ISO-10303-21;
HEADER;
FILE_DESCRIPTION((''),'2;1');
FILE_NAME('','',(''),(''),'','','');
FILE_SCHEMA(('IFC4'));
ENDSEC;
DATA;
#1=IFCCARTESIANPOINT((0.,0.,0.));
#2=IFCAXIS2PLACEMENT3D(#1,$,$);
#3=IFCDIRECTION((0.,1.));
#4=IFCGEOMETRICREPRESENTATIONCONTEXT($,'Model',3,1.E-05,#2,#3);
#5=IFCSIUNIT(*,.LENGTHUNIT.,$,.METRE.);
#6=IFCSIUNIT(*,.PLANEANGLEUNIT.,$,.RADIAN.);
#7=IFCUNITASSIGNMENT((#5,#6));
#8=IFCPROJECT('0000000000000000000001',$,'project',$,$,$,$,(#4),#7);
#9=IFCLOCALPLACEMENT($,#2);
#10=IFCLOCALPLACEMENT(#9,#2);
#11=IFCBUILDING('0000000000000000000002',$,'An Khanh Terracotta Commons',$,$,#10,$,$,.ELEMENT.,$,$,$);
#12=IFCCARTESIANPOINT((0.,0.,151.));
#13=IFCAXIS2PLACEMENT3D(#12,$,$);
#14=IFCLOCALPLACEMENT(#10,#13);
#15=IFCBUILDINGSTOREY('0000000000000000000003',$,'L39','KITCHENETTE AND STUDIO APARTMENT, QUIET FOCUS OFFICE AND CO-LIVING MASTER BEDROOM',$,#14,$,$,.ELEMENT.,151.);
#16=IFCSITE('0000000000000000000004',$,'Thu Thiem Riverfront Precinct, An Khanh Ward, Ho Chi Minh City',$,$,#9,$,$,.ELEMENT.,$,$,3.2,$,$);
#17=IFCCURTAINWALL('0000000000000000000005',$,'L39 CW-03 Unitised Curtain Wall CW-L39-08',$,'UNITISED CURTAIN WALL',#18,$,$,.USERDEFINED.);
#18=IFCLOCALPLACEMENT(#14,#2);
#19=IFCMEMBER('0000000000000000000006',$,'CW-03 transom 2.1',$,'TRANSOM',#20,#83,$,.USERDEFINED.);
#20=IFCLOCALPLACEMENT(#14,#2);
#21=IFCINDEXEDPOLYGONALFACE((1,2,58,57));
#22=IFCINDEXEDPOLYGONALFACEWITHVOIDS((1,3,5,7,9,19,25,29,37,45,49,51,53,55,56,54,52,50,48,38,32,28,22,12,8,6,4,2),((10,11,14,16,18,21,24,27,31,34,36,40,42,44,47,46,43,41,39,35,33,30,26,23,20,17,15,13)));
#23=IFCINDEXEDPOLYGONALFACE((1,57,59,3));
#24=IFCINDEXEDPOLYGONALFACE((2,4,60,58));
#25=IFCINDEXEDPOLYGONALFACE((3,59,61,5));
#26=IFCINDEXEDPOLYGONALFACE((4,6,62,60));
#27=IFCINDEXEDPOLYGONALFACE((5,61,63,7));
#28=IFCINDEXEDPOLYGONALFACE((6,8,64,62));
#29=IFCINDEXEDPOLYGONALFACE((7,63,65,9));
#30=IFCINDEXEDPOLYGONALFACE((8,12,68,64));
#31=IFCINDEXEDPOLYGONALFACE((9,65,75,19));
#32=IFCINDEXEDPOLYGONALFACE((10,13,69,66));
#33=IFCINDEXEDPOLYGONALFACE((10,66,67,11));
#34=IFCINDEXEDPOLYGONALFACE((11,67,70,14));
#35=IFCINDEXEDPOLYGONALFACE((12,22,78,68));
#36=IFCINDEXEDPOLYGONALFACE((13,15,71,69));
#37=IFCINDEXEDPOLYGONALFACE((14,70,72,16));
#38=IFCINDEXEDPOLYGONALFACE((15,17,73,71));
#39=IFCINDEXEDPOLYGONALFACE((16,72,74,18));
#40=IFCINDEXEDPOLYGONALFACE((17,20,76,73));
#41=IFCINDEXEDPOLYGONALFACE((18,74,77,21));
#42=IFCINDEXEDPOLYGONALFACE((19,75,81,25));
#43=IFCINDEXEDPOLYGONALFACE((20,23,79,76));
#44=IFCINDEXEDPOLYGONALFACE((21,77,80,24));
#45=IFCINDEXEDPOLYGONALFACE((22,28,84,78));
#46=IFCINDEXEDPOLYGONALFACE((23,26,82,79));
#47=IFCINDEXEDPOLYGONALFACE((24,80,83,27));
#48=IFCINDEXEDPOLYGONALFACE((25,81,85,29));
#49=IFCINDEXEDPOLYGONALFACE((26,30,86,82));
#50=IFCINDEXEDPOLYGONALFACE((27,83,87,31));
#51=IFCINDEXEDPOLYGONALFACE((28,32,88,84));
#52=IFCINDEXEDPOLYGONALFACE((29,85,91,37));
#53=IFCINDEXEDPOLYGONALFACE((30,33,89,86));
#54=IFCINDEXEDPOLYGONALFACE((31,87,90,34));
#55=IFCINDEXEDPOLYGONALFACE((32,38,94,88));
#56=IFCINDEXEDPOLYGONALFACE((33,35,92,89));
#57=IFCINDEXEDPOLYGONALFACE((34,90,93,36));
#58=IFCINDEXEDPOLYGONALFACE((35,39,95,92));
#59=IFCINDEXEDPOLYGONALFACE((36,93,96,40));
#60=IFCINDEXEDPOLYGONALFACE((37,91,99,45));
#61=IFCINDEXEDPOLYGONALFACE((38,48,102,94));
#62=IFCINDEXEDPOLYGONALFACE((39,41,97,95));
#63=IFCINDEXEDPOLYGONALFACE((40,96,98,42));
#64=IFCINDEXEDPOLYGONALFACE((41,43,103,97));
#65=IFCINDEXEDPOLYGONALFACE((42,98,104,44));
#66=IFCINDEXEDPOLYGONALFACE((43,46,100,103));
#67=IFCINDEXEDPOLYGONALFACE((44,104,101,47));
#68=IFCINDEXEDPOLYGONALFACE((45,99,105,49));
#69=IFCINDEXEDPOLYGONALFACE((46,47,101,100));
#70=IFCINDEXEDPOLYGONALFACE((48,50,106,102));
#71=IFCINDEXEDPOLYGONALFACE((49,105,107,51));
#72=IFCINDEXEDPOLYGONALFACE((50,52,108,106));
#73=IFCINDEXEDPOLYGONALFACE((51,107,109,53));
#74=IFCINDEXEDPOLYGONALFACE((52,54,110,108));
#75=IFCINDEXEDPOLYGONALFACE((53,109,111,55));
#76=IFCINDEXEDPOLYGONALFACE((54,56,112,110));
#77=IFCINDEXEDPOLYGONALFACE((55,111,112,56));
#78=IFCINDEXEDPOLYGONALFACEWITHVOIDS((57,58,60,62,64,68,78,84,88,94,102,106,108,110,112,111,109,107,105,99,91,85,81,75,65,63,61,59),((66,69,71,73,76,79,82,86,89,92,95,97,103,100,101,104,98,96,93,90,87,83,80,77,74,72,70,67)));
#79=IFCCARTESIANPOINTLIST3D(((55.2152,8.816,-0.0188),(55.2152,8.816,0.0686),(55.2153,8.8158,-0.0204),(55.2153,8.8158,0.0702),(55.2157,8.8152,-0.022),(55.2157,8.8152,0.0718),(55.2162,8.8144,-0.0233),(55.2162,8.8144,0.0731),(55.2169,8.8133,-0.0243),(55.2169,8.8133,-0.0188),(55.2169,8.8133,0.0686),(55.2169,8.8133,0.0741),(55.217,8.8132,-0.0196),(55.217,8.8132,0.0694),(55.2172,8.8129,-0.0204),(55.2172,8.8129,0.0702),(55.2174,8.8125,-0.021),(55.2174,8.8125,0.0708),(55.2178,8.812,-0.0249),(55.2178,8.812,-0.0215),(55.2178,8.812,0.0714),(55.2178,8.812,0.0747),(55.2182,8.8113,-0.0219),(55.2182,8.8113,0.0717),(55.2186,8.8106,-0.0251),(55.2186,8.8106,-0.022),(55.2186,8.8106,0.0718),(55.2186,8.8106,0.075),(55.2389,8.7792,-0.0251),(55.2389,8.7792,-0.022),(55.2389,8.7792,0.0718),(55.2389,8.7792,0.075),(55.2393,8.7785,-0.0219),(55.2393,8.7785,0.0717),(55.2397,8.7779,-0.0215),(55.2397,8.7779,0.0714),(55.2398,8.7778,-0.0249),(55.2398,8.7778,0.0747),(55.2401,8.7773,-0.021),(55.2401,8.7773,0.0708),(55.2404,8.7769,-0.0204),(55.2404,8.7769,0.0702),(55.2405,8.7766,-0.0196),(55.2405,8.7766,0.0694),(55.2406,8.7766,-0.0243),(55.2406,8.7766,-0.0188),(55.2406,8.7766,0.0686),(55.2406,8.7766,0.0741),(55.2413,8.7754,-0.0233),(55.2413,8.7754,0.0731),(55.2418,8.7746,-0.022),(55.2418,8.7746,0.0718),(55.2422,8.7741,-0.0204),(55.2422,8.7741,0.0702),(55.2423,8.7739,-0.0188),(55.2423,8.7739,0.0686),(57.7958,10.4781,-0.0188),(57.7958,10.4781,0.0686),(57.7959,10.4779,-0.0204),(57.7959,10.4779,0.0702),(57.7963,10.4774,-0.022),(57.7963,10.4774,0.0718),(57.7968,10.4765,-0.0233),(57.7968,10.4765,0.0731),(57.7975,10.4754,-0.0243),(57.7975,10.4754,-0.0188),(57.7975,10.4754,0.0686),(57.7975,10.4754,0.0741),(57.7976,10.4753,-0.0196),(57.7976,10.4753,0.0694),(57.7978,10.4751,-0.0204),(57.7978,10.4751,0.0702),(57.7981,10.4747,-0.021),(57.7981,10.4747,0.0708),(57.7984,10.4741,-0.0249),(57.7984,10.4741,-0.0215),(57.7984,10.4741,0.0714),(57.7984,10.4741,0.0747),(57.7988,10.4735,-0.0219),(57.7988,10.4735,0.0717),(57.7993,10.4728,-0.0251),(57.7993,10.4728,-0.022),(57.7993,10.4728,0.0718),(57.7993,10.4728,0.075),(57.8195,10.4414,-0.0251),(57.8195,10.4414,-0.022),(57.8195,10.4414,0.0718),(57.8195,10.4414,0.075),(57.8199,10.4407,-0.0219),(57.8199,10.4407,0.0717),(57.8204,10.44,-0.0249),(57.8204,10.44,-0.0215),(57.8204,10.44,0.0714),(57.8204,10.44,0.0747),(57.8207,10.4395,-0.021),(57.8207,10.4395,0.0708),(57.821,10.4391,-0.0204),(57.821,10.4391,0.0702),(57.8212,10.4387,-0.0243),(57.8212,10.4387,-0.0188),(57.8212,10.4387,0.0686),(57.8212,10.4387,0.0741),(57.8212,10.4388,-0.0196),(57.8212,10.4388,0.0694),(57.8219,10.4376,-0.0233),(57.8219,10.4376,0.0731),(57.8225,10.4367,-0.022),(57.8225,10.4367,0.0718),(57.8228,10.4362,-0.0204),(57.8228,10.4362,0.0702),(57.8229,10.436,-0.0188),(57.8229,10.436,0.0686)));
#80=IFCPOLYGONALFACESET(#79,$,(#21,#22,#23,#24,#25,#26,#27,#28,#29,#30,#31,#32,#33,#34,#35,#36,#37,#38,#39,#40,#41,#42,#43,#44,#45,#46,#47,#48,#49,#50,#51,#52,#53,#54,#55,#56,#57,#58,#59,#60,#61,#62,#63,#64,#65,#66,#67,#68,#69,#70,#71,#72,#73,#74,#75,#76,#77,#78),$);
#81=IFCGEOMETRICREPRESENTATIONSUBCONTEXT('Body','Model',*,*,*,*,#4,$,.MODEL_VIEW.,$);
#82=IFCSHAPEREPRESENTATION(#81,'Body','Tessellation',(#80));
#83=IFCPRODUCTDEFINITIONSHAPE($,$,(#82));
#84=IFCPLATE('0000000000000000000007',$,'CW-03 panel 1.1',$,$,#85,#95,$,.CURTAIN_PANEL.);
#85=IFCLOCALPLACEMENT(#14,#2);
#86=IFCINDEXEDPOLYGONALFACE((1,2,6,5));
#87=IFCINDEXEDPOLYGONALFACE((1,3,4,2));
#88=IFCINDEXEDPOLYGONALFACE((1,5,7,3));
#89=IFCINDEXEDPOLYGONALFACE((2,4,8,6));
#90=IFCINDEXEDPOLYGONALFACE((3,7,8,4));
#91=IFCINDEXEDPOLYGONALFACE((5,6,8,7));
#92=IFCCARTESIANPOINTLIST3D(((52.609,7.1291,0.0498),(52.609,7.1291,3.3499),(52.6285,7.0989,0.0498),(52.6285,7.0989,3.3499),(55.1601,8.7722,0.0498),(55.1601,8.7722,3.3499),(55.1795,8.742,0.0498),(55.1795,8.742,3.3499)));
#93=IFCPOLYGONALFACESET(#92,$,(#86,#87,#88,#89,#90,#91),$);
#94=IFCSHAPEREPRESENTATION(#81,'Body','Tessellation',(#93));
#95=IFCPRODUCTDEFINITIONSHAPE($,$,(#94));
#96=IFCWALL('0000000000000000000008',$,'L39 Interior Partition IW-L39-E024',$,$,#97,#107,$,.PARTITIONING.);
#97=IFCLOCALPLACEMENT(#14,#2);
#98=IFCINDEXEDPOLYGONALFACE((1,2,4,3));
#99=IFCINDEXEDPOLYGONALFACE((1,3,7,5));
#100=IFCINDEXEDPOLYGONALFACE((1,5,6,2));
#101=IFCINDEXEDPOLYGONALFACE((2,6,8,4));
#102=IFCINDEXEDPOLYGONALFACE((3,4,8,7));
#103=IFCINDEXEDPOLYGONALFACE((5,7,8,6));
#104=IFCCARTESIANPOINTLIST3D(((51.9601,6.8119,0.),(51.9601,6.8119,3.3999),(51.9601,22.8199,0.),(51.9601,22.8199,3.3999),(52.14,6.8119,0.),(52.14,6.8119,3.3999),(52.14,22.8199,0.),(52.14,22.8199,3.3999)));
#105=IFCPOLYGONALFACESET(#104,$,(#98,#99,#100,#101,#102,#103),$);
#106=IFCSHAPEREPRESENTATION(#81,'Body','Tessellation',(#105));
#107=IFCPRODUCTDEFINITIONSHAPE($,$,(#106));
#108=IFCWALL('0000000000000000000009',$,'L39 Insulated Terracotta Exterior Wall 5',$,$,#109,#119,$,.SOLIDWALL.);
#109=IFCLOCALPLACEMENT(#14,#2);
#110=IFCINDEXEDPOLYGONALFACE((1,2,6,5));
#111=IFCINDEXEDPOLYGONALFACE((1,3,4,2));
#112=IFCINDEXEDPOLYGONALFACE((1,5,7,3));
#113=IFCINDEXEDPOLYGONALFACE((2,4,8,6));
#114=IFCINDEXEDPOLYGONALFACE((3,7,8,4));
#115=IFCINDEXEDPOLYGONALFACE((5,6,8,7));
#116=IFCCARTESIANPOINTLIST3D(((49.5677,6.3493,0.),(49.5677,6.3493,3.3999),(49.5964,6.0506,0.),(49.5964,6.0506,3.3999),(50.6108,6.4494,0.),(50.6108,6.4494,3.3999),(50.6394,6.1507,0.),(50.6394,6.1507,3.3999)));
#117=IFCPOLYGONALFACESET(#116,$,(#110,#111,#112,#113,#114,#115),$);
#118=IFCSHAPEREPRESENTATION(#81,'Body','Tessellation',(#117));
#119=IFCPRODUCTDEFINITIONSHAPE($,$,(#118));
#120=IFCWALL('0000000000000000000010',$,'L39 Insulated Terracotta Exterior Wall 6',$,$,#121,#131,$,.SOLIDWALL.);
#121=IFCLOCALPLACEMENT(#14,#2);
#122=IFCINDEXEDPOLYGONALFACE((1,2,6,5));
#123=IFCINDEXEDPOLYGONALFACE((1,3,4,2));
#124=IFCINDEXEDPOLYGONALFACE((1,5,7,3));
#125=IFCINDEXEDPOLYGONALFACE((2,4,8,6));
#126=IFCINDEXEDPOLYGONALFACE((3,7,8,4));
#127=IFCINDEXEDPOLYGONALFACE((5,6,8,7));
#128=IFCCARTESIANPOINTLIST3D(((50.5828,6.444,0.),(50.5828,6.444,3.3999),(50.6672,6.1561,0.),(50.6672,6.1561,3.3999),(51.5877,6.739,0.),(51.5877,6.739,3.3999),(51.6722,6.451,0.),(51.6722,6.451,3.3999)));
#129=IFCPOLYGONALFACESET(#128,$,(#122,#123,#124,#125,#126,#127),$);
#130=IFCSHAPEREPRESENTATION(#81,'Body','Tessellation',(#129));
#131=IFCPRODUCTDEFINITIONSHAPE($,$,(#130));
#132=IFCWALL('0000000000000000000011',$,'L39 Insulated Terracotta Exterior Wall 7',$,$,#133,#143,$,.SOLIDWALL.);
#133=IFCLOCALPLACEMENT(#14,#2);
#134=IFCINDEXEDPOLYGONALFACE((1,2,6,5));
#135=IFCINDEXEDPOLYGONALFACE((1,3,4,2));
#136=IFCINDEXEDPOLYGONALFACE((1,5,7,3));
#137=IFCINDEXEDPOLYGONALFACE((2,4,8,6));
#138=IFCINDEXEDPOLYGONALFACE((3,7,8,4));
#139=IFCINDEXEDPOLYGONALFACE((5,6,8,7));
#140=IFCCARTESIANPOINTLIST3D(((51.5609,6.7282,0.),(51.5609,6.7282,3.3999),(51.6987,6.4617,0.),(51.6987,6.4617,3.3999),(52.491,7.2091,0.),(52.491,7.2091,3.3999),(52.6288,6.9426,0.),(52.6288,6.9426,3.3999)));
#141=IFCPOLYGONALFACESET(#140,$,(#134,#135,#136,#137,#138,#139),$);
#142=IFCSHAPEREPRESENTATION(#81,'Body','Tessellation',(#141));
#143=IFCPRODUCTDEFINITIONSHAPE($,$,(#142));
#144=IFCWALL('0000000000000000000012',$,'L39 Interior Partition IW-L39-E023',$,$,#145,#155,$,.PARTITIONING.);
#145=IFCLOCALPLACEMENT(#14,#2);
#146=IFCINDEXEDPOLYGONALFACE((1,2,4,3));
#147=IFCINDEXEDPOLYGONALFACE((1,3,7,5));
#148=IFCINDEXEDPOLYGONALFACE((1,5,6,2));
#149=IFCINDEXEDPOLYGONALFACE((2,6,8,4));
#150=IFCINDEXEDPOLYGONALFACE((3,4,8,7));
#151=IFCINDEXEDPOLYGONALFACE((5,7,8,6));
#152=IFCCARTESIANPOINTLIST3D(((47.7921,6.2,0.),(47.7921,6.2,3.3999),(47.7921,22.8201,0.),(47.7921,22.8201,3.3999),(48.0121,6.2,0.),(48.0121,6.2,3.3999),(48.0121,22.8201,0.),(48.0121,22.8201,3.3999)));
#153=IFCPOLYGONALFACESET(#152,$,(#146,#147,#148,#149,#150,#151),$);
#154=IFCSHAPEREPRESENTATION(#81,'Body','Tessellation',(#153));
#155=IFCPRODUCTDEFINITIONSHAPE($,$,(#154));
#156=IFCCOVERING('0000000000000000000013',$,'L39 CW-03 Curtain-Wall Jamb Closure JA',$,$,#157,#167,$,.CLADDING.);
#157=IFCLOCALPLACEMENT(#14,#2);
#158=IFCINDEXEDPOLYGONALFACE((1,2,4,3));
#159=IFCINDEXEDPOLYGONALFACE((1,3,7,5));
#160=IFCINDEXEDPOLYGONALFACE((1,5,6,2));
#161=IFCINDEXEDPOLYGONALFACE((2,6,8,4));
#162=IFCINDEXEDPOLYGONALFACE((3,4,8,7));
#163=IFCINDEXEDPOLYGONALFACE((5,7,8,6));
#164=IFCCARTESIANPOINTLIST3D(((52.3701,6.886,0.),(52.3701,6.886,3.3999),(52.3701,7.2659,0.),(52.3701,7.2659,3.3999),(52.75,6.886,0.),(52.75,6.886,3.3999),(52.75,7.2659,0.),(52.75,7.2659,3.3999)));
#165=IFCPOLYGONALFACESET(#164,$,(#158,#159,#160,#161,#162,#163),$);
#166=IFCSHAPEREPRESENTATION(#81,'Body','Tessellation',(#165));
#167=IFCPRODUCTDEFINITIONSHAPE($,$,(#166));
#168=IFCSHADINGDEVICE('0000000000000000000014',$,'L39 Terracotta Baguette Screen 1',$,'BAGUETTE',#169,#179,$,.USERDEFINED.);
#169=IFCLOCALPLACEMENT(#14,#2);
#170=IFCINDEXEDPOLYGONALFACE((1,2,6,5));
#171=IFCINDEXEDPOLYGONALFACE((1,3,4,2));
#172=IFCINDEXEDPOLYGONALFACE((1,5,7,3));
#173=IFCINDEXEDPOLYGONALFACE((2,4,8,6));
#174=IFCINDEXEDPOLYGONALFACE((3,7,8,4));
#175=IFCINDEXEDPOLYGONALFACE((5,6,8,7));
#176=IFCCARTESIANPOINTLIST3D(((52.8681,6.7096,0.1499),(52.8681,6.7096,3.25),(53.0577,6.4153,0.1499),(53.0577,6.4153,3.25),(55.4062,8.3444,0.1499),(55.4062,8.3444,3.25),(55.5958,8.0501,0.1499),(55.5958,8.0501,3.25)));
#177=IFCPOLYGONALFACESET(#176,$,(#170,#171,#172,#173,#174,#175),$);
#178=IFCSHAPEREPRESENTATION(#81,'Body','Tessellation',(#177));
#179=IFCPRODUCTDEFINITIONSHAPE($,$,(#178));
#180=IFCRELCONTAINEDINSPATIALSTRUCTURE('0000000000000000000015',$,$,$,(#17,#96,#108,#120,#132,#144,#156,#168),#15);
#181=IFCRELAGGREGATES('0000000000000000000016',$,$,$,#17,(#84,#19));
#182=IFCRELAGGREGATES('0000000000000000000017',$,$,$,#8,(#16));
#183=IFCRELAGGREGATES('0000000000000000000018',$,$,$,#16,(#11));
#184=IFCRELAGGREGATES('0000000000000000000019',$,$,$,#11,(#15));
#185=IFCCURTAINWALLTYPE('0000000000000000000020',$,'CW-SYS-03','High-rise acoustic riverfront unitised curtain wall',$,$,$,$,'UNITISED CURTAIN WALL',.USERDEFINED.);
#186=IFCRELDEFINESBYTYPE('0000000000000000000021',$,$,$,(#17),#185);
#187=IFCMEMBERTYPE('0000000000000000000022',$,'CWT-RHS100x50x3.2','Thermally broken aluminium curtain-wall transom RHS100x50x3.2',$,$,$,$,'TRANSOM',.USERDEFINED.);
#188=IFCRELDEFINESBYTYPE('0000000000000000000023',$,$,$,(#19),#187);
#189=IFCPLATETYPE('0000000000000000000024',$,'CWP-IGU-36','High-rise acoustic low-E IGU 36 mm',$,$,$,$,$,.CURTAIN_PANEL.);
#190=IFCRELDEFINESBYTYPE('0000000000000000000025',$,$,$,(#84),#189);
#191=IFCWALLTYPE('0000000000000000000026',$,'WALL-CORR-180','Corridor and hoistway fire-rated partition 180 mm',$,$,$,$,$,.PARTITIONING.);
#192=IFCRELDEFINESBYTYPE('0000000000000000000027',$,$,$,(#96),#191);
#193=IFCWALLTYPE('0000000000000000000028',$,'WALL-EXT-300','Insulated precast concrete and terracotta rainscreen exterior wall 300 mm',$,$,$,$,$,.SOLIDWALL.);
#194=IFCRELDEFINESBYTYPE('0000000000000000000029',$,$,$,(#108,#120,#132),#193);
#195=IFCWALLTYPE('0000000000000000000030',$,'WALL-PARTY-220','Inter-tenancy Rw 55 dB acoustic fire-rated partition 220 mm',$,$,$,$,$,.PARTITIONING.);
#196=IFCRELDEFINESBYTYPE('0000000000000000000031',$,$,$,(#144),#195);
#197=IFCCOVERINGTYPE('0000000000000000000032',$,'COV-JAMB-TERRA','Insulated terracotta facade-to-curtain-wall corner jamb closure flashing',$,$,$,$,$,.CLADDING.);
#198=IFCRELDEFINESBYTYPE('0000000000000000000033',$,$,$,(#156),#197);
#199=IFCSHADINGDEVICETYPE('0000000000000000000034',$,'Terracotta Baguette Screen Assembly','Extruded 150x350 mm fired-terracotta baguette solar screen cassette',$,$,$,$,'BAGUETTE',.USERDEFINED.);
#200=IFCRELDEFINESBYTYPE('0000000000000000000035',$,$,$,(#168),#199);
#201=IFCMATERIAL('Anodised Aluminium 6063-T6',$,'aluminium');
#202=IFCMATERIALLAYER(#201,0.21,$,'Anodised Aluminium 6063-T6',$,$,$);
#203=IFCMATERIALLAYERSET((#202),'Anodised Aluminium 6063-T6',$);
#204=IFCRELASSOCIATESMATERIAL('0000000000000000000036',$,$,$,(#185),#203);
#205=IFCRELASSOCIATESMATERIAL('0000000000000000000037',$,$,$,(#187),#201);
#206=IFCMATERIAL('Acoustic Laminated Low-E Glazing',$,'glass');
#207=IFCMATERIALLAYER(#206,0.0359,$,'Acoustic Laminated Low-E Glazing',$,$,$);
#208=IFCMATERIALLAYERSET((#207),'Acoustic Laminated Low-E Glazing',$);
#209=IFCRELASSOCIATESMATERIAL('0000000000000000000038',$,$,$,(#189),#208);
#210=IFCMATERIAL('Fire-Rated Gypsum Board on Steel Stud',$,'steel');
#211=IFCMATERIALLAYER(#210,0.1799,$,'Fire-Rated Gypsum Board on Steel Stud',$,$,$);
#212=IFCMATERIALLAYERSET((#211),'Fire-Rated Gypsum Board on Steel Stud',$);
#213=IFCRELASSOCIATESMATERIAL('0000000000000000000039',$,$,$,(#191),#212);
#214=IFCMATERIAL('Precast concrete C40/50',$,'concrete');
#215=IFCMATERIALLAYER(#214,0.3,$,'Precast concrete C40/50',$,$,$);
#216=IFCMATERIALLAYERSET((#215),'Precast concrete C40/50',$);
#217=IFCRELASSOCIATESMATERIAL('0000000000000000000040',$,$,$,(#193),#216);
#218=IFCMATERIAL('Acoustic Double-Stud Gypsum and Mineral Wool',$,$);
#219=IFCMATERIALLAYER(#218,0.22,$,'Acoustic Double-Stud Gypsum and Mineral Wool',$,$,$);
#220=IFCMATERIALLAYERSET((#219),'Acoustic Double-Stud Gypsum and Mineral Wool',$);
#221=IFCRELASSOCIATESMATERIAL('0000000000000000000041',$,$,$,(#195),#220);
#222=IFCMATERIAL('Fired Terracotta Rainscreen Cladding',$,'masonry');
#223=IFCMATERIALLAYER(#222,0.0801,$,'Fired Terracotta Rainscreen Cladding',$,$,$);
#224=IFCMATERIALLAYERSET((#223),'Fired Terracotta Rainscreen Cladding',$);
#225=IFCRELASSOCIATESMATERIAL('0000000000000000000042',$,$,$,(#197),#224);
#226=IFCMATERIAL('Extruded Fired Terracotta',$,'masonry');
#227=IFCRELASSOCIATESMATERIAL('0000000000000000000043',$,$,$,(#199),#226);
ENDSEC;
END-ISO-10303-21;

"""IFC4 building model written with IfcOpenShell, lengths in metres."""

from ifc_helpers import new_model, si_unit, direction, frame, frame_2d, origin, origin_2d, place, context, subcontext, project, spatial, rectangle, hollow_rectangle, extrude, material, layer, layer_set, material_profile, profile_set, type_object, element, aggregate, save


model = new_model("IFC4")

# Units and contexts
model_context = context("Model", 3, precision=1e-05, world=origin(), true_north=direction((0.0, 1.0)))
body_context = subcontext(model_context, "Body", "Model", "MODEL_VIEW")
ifc_project = project(units=[si_unit("LENGTHUNIT", "METRE"), si_unit("PLANEANGLEUNIT", "RADIAN")], contexts=[model_context])

# Site, building, storey
site_placement = place(None, origin())
site = spatial("IfcSite", under=ifc_project, at=site_placement, Name="Thu Thiem Riverfront Precinct, An Khanh Ward, Ho Chi Minh City", CompositionType="ELEMENT", RefElevation=3.2)
building_placement = place(site_placement, origin())
building = spatial("IfcBuilding", under=site, at=building_placement, Name="An Khanh Terracotta Commons", CompositionType="ELEMENT")
storey_placement = place(building_placement, frame((0.0, 0.0, 151.0)))
storey = spatial("IfcBuildingStorey", under=building, at=storey_placement, Name="L39", Description="KITCHENETTE AND STUDIO APARTMENT, QUIET FOCUS OFFICE AND CO-LIVING MASTER BEDROOM", CompositionType="ELEMENT", Elevation=151.0)

# Curtain wall, member, plate
ifc_material_1 = material(Name="Anodised Aluminium 6063-T6", Category="aluminium")
ifc_layer_1 = layer(ifc_material_1, 0.21, Name="Anodised Aluminium 6063-T6")
ifc_layer_set_1 = layer_set([ifc_layer_1], Name="Anodised Aluminium 6063-T6")
curtain_wall_type = type_object("IfcCurtainWallType", Name="CW-SYS-03", Description="High-rise acoustic riverfront unitised curtain wall", ElementType="UNITISED CURTAIN WALL", PredefinedType="USERDEFINED", material=ifc_layer_set_1)
curtain_wall_placement = place(storey_placement, origin())
curtain_wall = element("IfcCurtainWall", 1, at=curtain_wall_placement, inside=storey, type_object=curtain_wall_type, Name="L39 CW-03 Unitised Curtain Wall CW-L39-08", ObjectType="UNITISED CURTAIN WALL", PredefinedType="USERDEFINED")
ifc_material_profile_1 = material_profile(ifc_material_1, hollow_rectangle(XDim=0.05, YDim=0.1001, WallThickness=0.0032, InnerFilletRadius=0.0032, OuterFilletRadius=0.0063, at=origin_2d()), Name="RHS100x50x3.2")
ifc_profile_set_1 = profile_set([ifc_material_profile_1], Name="Anodised Aluminium 6063-T6")
member_type_1 = type_object("IfcMemberType", Name="CWT-RHS100x50x3.2", Description="Thermally broken aluminium curtain-wall transom RHS100x50x3.2", ElementType="TRANSOM", PredefinedType="USERDEFINED", material=ifc_profile_set_1)
member_1_placement = place(storey_placement, frame((55.2288, 8.7949, 0.0249), z_axis=(0.840708, 0.541489, 0.0), x_axis=(-0.541489, 0.840708, 0.0)))
member_1 = element("IfcMember", 2, at=member_1_placement, type_object=member_type_1, Name="CW-03 transom 2.1", ObjectType="TRANSOM", PredefinedType="USERDEFINED", context=body_context, shape_type="SweptSolid", body=[
    extrude(hollow_rectangle(XDim=0.05, YDim=0.1001, WallThickness=0.0032, InnerFilletRadius=0.0032, OuterFilletRadius=0.0063, at=origin_2d()), origin(), (0.0, 0.0, 1.0), 3.0696),
])
ifc_material_2 = material(Name="Acoustic Laminated Low-E Glazing", Category="glass")
ifc_layer_2 = layer(ifc_material_2, 0.0359, Name="Acoustic Laminated Low-E Glazing")
ifc_layer_set_2 = layer_set([ifc_layer_2], Name="Acoustic Laminated Low-E Glazing")
plate_type = type_object("IfcPlateType", Name="CWP-IGU-36", Description="High-rise acoustic low-E IGU 36 mm", PredefinedType="CURTAIN_PANEL", material=ifc_layer_set_2)
plate_placement = place(storey_placement, frame((53.8943, 7.9355, 0.0498), z_axis=(0.0, 0.0, 1.0), x_axis=(0.840702, 0.541498, 0.0)))
plate = element("IfcPlate", 3, at=plate_placement, type_object=plate_type, Name="CW-03 panel 1.1", PredefinedType="CURTAIN_PANEL", context=body_context, shape_type="SweptSolid", body=[
    extrude(rectangle(XDim=3.0344, YDim=0.0359, at=origin_2d()), origin(), (0.0, 0.0, 1.0), 3.3),
])
aggregate(curtain_wall, [plate, member_1])

# Walls
ifc_material_3 = material(Name="Fire-Rated Gypsum Board on Steel Stud", Category="steel")
ifc_layer_3 = layer(ifc_material_3, 0.1799, Name="Fire-Rated Gypsum Board on Steel Stud")
ifc_layer_set_3 = layer_set([ifc_layer_3], Name="Fire-Rated Gypsum Board on Steel Stud")
wall_type_1 = type_object("IfcWallType", Name="WALL-CORR-180", Description="Corridor and hoistway fire-rated partition 180 mm", PredefinedType="PARTITIONING", material=ifc_layer_set_3)
wall_1_placement = place(storey_placement, frame((52.05, 6.812, 0.0), z_axis=(0.0, 0.0, 1.0), x_axis=(0.0, 1.0, 0.0)))
element("IfcWall", 4, at=wall_1_placement, inside=storey, type_object=wall_type_1, Name="L39 Interior Partition IW-L39-E024", PredefinedType="PARTITIONING", context=body_context, shape_type="SweptSolid", body=[
    extrude(rectangle(XDim=16.0081, YDim=0.1799, at=frame_2d((8.0039, 0.0))), origin(), (0.0, 0.0, 1.0), 3.3999),
])
ifc_material_4 = material(Name="Precast concrete C40/50", Category="concrete")
ifc_layer_4 = layer(ifc_material_4, 0.3, Name="Precast concrete C40/50")
ifc_layer_set_4 = layer_set([ifc_layer_4], Name="Precast concrete C40/50")
wall_type_2 = type_object("IfcWallType", Name="WALL-EXT-300", Description="Insulated precast concrete and terracotta rainscreen exterior wall 300 mm", PredefinedType="SOLIDWALL", material=ifc_layer_set_4)
wall_2_placement = place(storey_placement, frame((49.582, 6.2, 0.0), z_axis=(0.0, 0.0, 1.0), x_axis=(0.995426, 0.095535, 0.0)))
element("IfcWall", 5, at=wall_2_placement, inside=storey, type_object=wall_type_2, Name="L39 Insulated Terracotta Exterior Wall 5", PredefinedType="SOLIDWALL", context=body_context, shape_type="SweptSolid", body=[
    extrude(rectangle(XDim=1.0479, YDim=0.3, at=frame_2d((0.5239, 0.0))), origin(), (0.0, 0.0, 1.0), 3.3999),
])
wall_3_placement = place(storey_placement, frame((50.625, 6.3, 0.0), z_axis=(0.0, 0.0, 1.0), x_axis=(0.959529, 0.281611, 0.0)))
element("IfcWall", 6, at=wall_3_placement, inside=storey, type_object=wall_type_2, Name="L39 Insulated Terracotta Exterior Wall 6", PredefinedType="SOLIDWALL", context=body_context, shape_type="SweptSolid", body=[
    extrude(rectangle(XDim=1.0474, YDim=0.3, at=frame_2d((0.5237, 0.0))), origin(), (0.0, 0.0, 1.0), 3.3999),
])
wall_4_placement = place(storey_placement, frame((51.6299, 6.595, 0.0), z_axis=(0.0, 0.0, 1.0), x_axis=(0.888283, 0.459296, 0.0)))
element("IfcWall", 7, at=wall_4_placement, inside=storey, type_object=wall_type_2, Name="L39 Insulated Terracotta Exterior Wall 7", PredefinedType="SOLIDWALL", context=body_context, shape_type="SweptSolid", body=[
    extrude(rectangle(XDim=1.0471, YDim=0.3, at=frame_2d((0.5234, 0.0))), origin(), (0.0, 0.0, 1.0), 3.3999),
])
ifc_material_5 = material(Name="Acoustic Double-Stud Gypsum and Mineral Wool")
ifc_layer_5 = layer(ifc_material_5, 0.22, Name="Acoustic Double-Stud Gypsum and Mineral Wool")
ifc_layer_set_5 = layer_set([ifc_layer_5], Name="Acoustic Double-Stud Gypsum and Mineral Wool")
wall_type_3 = type_object("IfcWallType", Name="WALL-PARTY-220", Description="Inter-tenancy Rw 55 dB acoustic fire-rated partition 220 mm", PredefinedType="PARTITIONING", material=ifc_layer_set_5)
wall_5_placement = place(storey_placement, frame((47.9021, 6.2, 0.0), z_axis=(0.0, 0.0, 1.0), x_axis=(0.0, 1.0, 0.0)))
element("IfcWall", 8, at=wall_5_placement, inside=storey, type_object=wall_type_3, Name="L39 Interior Partition IW-L39-E023", PredefinedType="PARTITIONING", context=body_context, shape_type="SweptSolid", body=[
    extrude(rectangle(XDim=16.6201, YDim=0.22, at=frame_2d((8.3101, 0.0))), origin(), (0.0, 0.0, 1.0), 3.3999),
])

# Covering
ifc_material_6 = material(Name="Fired Terracotta Rainscreen Cladding", Category="masonry")
ifc_layer_6 = layer(ifc_material_6, 0.0801, Name="Fired Terracotta Rainscreen Cladding")
ifc_layer_set_6 = layer_set([ifc_layer_6], Name="Fired Terracotta Rainscreen Cladding")
covering_type = type_object("IfcCoveringType", Name="COV-JAMB-TERRA", Description="Insulated terracotta facade-to-curtain-wall corner jamb closure flashing", PredefinedType="CLADDING", material=ifc_layer_set_6)
covering_placement = place(storey_placement, frame((52.5601, 7.0759, 0.0), z_axis=(0.0, 0.0, 1.0), x_axis=(1.0, 0.0, 0.0)))
element("IfcCovering", 9, at=covering_placement, inside=storey, type_object=covering_type, Name="L39 CW-03 Curtain-Wall Jamb Closure JA", PredefinedType="CLADDING", context=body_context, shape_type="SweptSolid", body=[
    extrude(rectangle(XDim=0.3799, YDim=0.3799, at=origin_2d()), origin(), (0.0, 0.0, 1.0), 3.3999),
])

# Shading device
ifc_material_7 = material(Name="Extruded Fired Terracotta", Category="masonry")
shading_device_type = type_object("IfcShadingDeviceType", Name="Terracotta Baguette Screen Assembly", Description="Extruded 150x350 mm fired-terracotta baguette solar screen cassette", ElementType="BAGUETTE", PredefinedType="USERDEFINED", material=ifc_material_7)
shading_device_placement = place(storey_placement, frame((54.2319, 7.3799, 0.1499), z_axis=(0.0, 0.0, 1.0), x_axis=(0.840702, 0.541498, 0.0)))
element("IfcShadingDevice", 10, at=shading_device_placement, inside=storey, type_object=shading_device_type, Name="L39 Terracotta Baguette Screen 1", ObjectType="BAGUETTE", PredefinedType="USERDEFINED", context=body_context, shape_type="SweptSolid", body=[
    extrude(rectangle(XDim=3.019, YDim=0.3501, at=origin_2d()), origin(), (0.0, 0.0, 1.0), 3.1001),
])

save(model, "model.ifc")
